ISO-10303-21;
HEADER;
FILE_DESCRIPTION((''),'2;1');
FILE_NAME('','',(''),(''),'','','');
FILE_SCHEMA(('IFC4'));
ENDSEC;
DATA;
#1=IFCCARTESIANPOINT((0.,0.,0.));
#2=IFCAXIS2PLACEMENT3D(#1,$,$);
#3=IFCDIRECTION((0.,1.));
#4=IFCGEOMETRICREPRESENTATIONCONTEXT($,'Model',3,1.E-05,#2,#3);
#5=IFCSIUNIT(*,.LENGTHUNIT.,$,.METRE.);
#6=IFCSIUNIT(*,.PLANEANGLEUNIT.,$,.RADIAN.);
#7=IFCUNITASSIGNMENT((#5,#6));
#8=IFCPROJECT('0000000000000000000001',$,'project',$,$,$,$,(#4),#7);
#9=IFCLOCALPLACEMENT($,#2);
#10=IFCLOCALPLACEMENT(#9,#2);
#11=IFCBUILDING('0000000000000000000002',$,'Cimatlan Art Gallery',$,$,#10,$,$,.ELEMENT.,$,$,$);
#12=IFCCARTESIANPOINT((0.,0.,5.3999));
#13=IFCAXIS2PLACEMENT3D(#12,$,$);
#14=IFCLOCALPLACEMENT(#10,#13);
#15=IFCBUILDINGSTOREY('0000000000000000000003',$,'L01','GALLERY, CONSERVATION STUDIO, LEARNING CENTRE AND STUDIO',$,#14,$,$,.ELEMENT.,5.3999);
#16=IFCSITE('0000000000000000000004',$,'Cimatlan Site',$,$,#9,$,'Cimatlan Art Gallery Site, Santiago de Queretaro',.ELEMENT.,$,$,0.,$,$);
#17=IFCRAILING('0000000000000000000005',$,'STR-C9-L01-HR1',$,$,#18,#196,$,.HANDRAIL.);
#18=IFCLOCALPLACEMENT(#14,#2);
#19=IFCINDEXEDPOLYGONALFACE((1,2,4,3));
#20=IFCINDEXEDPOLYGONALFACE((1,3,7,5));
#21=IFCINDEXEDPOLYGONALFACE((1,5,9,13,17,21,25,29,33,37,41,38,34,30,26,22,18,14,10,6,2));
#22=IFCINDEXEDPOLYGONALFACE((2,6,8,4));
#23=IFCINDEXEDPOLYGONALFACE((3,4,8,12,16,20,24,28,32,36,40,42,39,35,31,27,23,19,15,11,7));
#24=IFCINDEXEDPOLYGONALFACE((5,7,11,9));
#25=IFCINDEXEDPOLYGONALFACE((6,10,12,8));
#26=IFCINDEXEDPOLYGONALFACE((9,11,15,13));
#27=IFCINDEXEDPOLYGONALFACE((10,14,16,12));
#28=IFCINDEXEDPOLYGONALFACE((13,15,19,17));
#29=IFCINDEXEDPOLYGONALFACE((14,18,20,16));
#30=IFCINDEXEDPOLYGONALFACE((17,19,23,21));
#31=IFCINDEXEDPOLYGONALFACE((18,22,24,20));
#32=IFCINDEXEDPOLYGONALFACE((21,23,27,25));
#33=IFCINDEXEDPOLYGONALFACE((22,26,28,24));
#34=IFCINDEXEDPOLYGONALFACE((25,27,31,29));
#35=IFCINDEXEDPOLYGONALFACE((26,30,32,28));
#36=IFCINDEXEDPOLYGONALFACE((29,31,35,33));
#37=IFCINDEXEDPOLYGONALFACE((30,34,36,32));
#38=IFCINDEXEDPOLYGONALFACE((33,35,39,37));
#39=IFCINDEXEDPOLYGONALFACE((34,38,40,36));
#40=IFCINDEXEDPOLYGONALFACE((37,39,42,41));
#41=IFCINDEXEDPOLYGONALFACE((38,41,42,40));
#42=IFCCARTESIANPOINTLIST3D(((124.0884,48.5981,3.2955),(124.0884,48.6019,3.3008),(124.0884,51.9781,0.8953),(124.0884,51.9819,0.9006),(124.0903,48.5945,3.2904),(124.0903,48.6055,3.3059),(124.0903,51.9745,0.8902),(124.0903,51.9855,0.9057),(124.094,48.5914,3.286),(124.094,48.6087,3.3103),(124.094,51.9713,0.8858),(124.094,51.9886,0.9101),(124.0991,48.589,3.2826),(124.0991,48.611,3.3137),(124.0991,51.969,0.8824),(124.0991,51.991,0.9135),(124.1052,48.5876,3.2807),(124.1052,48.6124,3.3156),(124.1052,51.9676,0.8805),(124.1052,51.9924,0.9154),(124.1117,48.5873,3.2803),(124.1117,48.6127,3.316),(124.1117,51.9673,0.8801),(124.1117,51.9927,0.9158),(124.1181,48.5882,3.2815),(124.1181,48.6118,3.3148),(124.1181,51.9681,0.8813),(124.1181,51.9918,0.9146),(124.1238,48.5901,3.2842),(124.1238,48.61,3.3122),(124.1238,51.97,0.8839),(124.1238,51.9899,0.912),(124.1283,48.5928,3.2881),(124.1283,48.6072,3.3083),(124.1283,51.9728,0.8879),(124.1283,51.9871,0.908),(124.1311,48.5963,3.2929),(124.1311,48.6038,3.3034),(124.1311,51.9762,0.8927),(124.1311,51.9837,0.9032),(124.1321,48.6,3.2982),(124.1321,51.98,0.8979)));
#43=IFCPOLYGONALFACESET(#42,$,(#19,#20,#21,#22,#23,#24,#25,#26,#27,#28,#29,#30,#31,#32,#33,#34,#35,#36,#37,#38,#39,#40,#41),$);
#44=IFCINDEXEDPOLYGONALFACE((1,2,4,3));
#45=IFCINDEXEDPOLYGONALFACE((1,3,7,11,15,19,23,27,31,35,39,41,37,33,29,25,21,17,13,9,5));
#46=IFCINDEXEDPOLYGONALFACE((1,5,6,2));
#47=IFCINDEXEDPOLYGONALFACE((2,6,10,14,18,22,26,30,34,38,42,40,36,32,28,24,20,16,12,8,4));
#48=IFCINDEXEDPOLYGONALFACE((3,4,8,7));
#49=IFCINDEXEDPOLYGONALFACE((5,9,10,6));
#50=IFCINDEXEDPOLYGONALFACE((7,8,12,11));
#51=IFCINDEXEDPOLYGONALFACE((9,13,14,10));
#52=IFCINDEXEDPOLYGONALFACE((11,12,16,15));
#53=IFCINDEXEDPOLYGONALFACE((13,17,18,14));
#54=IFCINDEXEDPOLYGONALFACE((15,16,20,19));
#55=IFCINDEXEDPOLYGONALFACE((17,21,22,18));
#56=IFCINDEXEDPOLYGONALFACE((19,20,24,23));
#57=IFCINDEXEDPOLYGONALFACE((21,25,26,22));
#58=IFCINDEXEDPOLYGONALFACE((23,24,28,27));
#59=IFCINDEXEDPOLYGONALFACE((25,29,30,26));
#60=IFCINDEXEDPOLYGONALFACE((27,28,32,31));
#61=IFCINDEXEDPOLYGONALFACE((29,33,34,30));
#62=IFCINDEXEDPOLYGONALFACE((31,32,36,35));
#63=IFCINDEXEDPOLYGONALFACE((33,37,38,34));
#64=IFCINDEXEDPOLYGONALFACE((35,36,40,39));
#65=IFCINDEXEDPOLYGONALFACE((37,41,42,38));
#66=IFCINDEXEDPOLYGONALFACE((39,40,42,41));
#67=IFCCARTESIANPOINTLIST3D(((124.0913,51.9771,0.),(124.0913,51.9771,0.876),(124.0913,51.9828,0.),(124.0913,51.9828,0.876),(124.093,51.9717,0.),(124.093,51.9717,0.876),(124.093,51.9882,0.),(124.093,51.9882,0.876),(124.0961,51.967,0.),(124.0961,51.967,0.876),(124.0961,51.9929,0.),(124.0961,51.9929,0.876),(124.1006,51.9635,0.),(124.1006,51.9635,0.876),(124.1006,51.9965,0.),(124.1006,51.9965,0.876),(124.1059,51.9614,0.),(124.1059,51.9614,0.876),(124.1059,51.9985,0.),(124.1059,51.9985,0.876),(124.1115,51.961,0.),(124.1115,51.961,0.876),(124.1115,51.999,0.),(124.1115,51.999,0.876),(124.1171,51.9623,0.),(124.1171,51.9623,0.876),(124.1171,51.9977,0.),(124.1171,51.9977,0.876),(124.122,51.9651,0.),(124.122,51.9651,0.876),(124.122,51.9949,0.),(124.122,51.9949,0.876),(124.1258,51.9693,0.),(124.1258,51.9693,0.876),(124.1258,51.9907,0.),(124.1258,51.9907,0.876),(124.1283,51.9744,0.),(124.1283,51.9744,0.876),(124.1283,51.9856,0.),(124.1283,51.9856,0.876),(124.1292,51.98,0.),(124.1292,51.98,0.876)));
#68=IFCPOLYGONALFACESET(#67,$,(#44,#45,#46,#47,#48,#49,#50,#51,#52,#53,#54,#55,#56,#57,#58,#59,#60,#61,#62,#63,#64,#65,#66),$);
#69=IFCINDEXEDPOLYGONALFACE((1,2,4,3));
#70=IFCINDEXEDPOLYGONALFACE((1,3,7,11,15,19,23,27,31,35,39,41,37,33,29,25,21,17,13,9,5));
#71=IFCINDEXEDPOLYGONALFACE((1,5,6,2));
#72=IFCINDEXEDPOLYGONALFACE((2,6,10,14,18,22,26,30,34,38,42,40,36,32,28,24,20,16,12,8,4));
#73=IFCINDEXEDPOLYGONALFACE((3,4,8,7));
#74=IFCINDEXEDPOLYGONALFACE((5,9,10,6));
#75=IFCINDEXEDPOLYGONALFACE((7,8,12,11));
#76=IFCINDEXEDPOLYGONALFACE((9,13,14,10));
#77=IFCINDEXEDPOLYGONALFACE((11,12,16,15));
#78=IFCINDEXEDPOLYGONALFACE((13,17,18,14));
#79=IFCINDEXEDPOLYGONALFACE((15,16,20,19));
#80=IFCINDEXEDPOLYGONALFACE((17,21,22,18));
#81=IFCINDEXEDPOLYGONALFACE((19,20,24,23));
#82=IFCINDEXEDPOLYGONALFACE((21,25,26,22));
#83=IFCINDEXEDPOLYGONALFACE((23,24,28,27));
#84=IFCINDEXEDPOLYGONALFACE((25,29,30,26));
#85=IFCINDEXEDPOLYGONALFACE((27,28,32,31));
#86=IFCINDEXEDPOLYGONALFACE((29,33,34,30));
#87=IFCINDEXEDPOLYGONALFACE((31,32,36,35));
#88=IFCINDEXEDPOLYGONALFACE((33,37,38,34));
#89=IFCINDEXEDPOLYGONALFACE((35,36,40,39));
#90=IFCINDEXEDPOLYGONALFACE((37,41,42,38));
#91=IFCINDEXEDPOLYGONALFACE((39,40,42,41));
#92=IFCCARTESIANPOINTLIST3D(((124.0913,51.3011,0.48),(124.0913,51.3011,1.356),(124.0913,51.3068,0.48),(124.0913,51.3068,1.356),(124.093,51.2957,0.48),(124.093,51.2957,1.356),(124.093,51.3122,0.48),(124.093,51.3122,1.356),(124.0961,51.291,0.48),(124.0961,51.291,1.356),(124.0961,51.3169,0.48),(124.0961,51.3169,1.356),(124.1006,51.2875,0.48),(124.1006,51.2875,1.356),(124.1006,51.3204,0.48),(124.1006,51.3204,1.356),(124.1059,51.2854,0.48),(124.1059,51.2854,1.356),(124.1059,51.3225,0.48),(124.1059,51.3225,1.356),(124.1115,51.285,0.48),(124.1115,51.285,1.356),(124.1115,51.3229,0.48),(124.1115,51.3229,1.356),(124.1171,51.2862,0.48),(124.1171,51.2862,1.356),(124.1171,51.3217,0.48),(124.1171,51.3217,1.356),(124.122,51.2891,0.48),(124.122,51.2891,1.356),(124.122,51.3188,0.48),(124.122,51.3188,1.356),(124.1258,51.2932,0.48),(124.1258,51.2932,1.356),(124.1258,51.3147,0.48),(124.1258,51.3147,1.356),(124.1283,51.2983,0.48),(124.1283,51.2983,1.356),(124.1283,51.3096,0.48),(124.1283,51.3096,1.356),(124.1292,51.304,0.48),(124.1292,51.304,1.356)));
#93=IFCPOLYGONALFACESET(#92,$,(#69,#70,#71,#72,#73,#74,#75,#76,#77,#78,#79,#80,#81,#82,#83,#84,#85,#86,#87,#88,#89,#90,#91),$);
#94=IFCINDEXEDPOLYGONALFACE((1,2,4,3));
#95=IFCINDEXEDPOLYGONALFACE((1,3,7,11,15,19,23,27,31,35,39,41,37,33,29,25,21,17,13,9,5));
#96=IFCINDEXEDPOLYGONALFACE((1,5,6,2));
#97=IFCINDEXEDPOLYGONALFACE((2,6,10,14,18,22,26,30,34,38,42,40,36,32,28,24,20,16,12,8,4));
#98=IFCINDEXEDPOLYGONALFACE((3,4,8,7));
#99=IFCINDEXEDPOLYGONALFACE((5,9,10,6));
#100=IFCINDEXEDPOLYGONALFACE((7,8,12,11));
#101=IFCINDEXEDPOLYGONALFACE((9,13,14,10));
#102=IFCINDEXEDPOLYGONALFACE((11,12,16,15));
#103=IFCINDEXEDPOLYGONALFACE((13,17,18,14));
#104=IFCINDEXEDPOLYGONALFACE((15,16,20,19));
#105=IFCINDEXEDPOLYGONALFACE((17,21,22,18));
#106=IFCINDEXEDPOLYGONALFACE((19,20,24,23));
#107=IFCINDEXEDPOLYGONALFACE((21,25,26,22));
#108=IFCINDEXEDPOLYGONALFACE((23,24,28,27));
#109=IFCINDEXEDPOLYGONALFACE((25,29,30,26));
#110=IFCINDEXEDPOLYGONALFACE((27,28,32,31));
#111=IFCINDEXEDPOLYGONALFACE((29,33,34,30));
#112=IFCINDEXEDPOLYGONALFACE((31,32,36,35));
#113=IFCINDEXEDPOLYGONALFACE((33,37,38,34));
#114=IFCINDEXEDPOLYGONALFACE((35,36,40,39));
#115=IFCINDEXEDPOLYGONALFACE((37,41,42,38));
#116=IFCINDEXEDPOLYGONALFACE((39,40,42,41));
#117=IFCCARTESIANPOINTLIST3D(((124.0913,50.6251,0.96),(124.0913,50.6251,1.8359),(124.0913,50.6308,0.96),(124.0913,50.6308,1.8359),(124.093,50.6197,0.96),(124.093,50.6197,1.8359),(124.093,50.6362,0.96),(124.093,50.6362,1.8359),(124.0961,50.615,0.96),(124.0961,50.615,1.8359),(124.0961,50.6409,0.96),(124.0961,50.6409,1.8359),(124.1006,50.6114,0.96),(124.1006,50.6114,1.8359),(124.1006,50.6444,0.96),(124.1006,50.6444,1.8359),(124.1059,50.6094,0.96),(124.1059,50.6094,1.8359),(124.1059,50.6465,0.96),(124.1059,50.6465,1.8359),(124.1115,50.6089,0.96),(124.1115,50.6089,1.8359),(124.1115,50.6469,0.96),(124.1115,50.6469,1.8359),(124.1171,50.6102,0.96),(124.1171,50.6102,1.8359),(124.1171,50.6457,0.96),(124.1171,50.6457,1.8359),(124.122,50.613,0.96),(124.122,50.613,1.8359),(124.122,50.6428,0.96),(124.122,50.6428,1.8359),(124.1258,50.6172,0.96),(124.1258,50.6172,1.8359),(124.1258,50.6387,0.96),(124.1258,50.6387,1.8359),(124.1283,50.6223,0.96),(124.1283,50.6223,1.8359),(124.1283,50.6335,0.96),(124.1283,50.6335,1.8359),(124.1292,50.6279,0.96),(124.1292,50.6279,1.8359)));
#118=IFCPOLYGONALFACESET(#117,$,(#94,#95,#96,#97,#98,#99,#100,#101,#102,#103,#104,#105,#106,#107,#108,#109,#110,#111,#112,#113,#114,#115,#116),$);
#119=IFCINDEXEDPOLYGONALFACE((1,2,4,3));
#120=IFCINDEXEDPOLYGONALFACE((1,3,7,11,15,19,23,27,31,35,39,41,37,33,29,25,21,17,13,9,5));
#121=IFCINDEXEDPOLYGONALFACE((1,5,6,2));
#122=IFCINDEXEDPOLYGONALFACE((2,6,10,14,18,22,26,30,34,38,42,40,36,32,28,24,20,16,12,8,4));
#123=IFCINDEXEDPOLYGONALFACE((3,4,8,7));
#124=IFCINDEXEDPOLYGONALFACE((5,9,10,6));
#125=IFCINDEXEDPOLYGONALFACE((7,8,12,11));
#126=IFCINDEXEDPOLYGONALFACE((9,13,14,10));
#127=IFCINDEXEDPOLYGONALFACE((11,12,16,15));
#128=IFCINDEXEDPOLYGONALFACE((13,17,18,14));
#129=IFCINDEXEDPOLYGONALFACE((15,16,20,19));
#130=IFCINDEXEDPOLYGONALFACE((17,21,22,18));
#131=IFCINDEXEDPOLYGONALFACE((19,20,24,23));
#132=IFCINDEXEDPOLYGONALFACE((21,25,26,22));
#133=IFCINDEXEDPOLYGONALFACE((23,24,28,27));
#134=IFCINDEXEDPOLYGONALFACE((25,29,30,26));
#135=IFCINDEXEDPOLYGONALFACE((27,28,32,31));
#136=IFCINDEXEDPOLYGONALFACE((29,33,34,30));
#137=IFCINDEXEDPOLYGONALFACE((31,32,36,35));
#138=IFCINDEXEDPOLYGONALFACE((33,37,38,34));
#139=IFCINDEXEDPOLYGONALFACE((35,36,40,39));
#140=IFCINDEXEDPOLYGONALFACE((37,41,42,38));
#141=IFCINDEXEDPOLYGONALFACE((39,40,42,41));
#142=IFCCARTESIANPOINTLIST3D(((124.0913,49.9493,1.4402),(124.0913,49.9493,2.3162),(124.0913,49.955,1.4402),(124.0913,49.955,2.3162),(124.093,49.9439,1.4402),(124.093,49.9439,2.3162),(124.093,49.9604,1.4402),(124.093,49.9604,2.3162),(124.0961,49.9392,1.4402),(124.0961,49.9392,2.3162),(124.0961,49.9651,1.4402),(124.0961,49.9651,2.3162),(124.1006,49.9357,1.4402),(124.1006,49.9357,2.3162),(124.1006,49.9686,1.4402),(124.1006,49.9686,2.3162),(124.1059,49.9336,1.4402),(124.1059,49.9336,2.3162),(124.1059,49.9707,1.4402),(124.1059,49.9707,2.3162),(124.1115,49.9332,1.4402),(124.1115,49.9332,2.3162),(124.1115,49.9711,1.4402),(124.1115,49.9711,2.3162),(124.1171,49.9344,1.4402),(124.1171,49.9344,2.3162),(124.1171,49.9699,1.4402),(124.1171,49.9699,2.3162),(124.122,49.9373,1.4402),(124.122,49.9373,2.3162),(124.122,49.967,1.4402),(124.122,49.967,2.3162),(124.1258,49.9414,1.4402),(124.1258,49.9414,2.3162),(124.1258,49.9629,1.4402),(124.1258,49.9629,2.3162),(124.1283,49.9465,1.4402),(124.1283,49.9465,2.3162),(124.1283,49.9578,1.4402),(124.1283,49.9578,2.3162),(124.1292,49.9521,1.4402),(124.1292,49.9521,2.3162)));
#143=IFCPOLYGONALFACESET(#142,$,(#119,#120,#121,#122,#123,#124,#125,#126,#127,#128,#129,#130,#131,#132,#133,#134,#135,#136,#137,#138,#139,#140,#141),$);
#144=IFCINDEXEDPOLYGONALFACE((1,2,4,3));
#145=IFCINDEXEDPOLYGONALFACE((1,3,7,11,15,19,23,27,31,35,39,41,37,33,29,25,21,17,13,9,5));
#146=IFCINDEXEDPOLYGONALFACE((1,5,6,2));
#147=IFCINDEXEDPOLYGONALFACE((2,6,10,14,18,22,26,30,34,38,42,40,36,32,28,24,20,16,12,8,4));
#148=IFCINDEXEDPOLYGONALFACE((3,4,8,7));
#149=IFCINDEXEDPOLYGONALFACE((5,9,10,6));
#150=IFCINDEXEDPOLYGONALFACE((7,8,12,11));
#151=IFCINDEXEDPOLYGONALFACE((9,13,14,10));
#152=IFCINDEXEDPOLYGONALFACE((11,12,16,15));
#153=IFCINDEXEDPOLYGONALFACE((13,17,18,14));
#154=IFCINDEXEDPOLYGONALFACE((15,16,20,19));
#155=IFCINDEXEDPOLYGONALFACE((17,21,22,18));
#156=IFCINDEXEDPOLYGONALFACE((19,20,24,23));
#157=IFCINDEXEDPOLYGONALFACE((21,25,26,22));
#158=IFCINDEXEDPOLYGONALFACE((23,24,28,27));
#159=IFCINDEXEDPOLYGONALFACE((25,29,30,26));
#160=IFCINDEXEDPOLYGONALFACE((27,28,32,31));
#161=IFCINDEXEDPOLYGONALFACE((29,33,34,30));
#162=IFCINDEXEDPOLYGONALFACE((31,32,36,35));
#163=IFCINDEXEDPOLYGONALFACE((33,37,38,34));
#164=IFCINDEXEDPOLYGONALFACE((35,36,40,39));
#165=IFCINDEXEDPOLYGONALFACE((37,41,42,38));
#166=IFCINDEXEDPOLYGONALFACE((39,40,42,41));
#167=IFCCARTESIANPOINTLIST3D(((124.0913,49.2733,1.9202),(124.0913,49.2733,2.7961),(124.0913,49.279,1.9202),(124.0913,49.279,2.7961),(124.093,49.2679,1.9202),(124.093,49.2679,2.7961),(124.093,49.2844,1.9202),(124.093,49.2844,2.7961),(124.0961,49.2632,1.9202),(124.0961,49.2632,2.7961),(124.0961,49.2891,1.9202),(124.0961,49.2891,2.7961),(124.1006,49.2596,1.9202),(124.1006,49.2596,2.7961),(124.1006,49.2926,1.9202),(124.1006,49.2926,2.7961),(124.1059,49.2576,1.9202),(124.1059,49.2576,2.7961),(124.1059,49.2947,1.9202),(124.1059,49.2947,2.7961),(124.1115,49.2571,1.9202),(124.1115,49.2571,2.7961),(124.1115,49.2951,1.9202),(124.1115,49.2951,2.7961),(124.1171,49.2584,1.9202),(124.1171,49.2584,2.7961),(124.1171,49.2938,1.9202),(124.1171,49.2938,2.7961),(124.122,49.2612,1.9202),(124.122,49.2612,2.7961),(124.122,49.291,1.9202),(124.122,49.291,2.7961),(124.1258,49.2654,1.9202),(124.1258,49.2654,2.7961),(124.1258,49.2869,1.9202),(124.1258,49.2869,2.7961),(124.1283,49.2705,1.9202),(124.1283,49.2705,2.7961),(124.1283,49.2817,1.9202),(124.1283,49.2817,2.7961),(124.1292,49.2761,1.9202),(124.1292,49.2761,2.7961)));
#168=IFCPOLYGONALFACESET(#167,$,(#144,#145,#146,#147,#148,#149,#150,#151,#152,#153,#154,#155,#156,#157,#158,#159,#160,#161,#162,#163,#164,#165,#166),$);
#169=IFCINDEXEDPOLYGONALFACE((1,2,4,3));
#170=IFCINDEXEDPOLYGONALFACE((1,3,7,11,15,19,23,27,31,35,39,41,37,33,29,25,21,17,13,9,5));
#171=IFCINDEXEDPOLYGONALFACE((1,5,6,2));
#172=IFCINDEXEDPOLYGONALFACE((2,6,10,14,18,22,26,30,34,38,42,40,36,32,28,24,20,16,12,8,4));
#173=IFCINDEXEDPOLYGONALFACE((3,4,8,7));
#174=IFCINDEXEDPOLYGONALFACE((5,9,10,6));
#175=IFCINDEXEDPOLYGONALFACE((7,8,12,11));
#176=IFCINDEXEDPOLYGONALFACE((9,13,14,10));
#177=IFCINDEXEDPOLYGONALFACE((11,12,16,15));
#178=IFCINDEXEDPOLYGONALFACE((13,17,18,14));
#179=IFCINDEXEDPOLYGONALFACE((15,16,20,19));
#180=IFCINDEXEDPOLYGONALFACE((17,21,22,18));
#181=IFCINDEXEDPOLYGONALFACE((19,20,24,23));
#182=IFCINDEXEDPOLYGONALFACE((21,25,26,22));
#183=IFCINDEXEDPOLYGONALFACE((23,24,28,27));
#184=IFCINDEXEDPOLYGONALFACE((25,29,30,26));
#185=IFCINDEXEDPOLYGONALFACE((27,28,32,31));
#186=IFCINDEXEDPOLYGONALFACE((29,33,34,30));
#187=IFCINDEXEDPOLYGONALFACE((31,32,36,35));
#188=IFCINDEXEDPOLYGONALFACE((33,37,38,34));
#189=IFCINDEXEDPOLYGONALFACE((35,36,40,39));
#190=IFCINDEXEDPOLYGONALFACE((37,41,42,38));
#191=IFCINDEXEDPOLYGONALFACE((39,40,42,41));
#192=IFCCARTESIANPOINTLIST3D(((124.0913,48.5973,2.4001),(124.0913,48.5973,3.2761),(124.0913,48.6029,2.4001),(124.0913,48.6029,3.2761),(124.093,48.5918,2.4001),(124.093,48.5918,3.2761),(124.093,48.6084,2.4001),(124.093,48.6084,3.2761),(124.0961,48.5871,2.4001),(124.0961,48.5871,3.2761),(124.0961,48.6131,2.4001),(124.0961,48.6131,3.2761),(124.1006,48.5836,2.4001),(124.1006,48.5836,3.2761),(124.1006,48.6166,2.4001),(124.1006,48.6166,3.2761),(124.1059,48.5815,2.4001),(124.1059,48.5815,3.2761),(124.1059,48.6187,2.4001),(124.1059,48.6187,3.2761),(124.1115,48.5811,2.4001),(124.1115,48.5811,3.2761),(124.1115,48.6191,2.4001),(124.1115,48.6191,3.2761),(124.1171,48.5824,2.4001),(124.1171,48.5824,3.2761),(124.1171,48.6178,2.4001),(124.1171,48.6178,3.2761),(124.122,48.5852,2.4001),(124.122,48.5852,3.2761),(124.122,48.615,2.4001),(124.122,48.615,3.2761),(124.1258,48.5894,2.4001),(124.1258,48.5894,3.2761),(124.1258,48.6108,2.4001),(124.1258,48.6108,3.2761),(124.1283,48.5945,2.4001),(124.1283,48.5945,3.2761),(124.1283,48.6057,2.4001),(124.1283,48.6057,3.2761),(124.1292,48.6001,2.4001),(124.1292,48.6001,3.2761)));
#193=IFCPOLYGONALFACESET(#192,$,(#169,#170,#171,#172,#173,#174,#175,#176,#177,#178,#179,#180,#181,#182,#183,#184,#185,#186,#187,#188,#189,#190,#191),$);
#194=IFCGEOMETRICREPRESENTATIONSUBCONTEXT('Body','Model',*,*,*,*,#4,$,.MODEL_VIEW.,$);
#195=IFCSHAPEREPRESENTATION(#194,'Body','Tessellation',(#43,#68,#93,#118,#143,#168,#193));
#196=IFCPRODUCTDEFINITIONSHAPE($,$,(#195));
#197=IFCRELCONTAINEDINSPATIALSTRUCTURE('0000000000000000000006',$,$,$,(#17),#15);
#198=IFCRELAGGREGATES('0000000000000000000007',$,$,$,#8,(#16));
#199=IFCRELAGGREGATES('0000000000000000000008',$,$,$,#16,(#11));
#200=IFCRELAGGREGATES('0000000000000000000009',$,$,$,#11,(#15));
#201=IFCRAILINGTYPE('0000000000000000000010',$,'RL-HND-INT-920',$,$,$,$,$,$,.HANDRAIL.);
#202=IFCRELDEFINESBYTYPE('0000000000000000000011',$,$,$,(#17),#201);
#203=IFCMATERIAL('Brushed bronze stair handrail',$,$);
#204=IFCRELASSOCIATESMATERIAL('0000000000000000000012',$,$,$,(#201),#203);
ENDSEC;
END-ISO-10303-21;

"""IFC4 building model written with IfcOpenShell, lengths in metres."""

from ifc_helpers import new_model, si_unit, direction, frame, origin, origin_2d, place, context, subcontext, project, spatial, circle, extrude, material, type_object, element, save


model = new_model("IFC4")

# Units and contexts
model_context = context("Model", 3, precision=1e-05, world=origin(), true_north=direction((0.0, 1.0)))
body_context = subcontext(model_context, "Body", "Model", "MODEL_VIEW")
ifc_project = project(units=[si_unit("LENGTHUNIT", "METRE"), si_unit("PLANEANGLEUNIT", "RADIAN")], contexts=[model_context])

# Site, building, storey
site_placement = place(None, origin())
site = spatial("IfcSite", under=ifc_project, at=site_placement, Name="Cimatlan Site", LongName="Cimatlan Art Gallery Site, Santiago de Queretaro", CompositionType="ELEMENT", RefElevation=0.0)
building_placement = place(site_placement, origin())
building = spatial("IfcBuilding", under=site, at=building_placement, Name="Cimatlan Art Gallery", CompositionType="ELEMENT")
storey_placement = place(building_placement, frame((0.0, 0.0, 5.3999)))
storey = spatial("IfcBuildingStorey", under=building, at=storey_placement, Name="L01", Description="GALLERY, CONSERVATION STUDIO, LEARNING CENTRE AND STUDIO", CompositionType="ELEMENT", Elevation=5.3999)

# Railing
ifc_material_1 = material(Name="Brushed bronze stair handrail")
railing_type_1 = type_object("IfcRailingType", Name="RL-HND-INT-920", PredefinedType="HANDRAIL", material=ifc_material_1)
railing_1_placement = place(storey_placement, frame((124.1101, 51.98, 0.0)))
element("IfcRailing", 1, at=railing_1_placement, inside=storey, type_object=railing_type_1, Name="STR-C9-L01-HR1", PredefinedType="HANDRAIL", context=body_context, shape_type="SweptSolid", body=[
    extrude(circle(Radius=0.022, at=origin_2d()), frame((0.0, 0.0, 0.8979), z_axis=(0.0, -0.815334, 0.578991), x_axis=(1.0, 0.0, 0.0)), (0.0, 0.0, 1.0), 4.1455),
    extrude(circle(Radius=0.019, at=origin_2d()), origin(), (0.0, 0.0, 1.0), 0.876),
    extrude(circle(Radius=0.019, at=origin_2d()), frame((0.0, -0.676, 0.48)), (0.0, 0.0, 1.0), 0.876),
    extrude(circle(Radius=0.019, at=origin_2d()), frame((0.0, -1.3521, 0.96)), (0.0, 0.0, 1.0), 0.876),
    extrude(circle(Radius=0.019, at=origin_2d()), frame((0.0, -2.0278, 1.4402)), (0.0, 0.0, 1.0), 0.876),
    extrude(circle(Radius=0.019, at=origin_2d()), frame((0.0, -2.7039, 1.9202)), (0.0, 0.0, 1.0), 0.876),
    extrude(circle(Radius=0.019, at=origin_2d()), frame((0.0, -3.3799, 2.4001)), (0.0, 0.0, 1.0), 0.876),
])

save(model, "model.ifc")
